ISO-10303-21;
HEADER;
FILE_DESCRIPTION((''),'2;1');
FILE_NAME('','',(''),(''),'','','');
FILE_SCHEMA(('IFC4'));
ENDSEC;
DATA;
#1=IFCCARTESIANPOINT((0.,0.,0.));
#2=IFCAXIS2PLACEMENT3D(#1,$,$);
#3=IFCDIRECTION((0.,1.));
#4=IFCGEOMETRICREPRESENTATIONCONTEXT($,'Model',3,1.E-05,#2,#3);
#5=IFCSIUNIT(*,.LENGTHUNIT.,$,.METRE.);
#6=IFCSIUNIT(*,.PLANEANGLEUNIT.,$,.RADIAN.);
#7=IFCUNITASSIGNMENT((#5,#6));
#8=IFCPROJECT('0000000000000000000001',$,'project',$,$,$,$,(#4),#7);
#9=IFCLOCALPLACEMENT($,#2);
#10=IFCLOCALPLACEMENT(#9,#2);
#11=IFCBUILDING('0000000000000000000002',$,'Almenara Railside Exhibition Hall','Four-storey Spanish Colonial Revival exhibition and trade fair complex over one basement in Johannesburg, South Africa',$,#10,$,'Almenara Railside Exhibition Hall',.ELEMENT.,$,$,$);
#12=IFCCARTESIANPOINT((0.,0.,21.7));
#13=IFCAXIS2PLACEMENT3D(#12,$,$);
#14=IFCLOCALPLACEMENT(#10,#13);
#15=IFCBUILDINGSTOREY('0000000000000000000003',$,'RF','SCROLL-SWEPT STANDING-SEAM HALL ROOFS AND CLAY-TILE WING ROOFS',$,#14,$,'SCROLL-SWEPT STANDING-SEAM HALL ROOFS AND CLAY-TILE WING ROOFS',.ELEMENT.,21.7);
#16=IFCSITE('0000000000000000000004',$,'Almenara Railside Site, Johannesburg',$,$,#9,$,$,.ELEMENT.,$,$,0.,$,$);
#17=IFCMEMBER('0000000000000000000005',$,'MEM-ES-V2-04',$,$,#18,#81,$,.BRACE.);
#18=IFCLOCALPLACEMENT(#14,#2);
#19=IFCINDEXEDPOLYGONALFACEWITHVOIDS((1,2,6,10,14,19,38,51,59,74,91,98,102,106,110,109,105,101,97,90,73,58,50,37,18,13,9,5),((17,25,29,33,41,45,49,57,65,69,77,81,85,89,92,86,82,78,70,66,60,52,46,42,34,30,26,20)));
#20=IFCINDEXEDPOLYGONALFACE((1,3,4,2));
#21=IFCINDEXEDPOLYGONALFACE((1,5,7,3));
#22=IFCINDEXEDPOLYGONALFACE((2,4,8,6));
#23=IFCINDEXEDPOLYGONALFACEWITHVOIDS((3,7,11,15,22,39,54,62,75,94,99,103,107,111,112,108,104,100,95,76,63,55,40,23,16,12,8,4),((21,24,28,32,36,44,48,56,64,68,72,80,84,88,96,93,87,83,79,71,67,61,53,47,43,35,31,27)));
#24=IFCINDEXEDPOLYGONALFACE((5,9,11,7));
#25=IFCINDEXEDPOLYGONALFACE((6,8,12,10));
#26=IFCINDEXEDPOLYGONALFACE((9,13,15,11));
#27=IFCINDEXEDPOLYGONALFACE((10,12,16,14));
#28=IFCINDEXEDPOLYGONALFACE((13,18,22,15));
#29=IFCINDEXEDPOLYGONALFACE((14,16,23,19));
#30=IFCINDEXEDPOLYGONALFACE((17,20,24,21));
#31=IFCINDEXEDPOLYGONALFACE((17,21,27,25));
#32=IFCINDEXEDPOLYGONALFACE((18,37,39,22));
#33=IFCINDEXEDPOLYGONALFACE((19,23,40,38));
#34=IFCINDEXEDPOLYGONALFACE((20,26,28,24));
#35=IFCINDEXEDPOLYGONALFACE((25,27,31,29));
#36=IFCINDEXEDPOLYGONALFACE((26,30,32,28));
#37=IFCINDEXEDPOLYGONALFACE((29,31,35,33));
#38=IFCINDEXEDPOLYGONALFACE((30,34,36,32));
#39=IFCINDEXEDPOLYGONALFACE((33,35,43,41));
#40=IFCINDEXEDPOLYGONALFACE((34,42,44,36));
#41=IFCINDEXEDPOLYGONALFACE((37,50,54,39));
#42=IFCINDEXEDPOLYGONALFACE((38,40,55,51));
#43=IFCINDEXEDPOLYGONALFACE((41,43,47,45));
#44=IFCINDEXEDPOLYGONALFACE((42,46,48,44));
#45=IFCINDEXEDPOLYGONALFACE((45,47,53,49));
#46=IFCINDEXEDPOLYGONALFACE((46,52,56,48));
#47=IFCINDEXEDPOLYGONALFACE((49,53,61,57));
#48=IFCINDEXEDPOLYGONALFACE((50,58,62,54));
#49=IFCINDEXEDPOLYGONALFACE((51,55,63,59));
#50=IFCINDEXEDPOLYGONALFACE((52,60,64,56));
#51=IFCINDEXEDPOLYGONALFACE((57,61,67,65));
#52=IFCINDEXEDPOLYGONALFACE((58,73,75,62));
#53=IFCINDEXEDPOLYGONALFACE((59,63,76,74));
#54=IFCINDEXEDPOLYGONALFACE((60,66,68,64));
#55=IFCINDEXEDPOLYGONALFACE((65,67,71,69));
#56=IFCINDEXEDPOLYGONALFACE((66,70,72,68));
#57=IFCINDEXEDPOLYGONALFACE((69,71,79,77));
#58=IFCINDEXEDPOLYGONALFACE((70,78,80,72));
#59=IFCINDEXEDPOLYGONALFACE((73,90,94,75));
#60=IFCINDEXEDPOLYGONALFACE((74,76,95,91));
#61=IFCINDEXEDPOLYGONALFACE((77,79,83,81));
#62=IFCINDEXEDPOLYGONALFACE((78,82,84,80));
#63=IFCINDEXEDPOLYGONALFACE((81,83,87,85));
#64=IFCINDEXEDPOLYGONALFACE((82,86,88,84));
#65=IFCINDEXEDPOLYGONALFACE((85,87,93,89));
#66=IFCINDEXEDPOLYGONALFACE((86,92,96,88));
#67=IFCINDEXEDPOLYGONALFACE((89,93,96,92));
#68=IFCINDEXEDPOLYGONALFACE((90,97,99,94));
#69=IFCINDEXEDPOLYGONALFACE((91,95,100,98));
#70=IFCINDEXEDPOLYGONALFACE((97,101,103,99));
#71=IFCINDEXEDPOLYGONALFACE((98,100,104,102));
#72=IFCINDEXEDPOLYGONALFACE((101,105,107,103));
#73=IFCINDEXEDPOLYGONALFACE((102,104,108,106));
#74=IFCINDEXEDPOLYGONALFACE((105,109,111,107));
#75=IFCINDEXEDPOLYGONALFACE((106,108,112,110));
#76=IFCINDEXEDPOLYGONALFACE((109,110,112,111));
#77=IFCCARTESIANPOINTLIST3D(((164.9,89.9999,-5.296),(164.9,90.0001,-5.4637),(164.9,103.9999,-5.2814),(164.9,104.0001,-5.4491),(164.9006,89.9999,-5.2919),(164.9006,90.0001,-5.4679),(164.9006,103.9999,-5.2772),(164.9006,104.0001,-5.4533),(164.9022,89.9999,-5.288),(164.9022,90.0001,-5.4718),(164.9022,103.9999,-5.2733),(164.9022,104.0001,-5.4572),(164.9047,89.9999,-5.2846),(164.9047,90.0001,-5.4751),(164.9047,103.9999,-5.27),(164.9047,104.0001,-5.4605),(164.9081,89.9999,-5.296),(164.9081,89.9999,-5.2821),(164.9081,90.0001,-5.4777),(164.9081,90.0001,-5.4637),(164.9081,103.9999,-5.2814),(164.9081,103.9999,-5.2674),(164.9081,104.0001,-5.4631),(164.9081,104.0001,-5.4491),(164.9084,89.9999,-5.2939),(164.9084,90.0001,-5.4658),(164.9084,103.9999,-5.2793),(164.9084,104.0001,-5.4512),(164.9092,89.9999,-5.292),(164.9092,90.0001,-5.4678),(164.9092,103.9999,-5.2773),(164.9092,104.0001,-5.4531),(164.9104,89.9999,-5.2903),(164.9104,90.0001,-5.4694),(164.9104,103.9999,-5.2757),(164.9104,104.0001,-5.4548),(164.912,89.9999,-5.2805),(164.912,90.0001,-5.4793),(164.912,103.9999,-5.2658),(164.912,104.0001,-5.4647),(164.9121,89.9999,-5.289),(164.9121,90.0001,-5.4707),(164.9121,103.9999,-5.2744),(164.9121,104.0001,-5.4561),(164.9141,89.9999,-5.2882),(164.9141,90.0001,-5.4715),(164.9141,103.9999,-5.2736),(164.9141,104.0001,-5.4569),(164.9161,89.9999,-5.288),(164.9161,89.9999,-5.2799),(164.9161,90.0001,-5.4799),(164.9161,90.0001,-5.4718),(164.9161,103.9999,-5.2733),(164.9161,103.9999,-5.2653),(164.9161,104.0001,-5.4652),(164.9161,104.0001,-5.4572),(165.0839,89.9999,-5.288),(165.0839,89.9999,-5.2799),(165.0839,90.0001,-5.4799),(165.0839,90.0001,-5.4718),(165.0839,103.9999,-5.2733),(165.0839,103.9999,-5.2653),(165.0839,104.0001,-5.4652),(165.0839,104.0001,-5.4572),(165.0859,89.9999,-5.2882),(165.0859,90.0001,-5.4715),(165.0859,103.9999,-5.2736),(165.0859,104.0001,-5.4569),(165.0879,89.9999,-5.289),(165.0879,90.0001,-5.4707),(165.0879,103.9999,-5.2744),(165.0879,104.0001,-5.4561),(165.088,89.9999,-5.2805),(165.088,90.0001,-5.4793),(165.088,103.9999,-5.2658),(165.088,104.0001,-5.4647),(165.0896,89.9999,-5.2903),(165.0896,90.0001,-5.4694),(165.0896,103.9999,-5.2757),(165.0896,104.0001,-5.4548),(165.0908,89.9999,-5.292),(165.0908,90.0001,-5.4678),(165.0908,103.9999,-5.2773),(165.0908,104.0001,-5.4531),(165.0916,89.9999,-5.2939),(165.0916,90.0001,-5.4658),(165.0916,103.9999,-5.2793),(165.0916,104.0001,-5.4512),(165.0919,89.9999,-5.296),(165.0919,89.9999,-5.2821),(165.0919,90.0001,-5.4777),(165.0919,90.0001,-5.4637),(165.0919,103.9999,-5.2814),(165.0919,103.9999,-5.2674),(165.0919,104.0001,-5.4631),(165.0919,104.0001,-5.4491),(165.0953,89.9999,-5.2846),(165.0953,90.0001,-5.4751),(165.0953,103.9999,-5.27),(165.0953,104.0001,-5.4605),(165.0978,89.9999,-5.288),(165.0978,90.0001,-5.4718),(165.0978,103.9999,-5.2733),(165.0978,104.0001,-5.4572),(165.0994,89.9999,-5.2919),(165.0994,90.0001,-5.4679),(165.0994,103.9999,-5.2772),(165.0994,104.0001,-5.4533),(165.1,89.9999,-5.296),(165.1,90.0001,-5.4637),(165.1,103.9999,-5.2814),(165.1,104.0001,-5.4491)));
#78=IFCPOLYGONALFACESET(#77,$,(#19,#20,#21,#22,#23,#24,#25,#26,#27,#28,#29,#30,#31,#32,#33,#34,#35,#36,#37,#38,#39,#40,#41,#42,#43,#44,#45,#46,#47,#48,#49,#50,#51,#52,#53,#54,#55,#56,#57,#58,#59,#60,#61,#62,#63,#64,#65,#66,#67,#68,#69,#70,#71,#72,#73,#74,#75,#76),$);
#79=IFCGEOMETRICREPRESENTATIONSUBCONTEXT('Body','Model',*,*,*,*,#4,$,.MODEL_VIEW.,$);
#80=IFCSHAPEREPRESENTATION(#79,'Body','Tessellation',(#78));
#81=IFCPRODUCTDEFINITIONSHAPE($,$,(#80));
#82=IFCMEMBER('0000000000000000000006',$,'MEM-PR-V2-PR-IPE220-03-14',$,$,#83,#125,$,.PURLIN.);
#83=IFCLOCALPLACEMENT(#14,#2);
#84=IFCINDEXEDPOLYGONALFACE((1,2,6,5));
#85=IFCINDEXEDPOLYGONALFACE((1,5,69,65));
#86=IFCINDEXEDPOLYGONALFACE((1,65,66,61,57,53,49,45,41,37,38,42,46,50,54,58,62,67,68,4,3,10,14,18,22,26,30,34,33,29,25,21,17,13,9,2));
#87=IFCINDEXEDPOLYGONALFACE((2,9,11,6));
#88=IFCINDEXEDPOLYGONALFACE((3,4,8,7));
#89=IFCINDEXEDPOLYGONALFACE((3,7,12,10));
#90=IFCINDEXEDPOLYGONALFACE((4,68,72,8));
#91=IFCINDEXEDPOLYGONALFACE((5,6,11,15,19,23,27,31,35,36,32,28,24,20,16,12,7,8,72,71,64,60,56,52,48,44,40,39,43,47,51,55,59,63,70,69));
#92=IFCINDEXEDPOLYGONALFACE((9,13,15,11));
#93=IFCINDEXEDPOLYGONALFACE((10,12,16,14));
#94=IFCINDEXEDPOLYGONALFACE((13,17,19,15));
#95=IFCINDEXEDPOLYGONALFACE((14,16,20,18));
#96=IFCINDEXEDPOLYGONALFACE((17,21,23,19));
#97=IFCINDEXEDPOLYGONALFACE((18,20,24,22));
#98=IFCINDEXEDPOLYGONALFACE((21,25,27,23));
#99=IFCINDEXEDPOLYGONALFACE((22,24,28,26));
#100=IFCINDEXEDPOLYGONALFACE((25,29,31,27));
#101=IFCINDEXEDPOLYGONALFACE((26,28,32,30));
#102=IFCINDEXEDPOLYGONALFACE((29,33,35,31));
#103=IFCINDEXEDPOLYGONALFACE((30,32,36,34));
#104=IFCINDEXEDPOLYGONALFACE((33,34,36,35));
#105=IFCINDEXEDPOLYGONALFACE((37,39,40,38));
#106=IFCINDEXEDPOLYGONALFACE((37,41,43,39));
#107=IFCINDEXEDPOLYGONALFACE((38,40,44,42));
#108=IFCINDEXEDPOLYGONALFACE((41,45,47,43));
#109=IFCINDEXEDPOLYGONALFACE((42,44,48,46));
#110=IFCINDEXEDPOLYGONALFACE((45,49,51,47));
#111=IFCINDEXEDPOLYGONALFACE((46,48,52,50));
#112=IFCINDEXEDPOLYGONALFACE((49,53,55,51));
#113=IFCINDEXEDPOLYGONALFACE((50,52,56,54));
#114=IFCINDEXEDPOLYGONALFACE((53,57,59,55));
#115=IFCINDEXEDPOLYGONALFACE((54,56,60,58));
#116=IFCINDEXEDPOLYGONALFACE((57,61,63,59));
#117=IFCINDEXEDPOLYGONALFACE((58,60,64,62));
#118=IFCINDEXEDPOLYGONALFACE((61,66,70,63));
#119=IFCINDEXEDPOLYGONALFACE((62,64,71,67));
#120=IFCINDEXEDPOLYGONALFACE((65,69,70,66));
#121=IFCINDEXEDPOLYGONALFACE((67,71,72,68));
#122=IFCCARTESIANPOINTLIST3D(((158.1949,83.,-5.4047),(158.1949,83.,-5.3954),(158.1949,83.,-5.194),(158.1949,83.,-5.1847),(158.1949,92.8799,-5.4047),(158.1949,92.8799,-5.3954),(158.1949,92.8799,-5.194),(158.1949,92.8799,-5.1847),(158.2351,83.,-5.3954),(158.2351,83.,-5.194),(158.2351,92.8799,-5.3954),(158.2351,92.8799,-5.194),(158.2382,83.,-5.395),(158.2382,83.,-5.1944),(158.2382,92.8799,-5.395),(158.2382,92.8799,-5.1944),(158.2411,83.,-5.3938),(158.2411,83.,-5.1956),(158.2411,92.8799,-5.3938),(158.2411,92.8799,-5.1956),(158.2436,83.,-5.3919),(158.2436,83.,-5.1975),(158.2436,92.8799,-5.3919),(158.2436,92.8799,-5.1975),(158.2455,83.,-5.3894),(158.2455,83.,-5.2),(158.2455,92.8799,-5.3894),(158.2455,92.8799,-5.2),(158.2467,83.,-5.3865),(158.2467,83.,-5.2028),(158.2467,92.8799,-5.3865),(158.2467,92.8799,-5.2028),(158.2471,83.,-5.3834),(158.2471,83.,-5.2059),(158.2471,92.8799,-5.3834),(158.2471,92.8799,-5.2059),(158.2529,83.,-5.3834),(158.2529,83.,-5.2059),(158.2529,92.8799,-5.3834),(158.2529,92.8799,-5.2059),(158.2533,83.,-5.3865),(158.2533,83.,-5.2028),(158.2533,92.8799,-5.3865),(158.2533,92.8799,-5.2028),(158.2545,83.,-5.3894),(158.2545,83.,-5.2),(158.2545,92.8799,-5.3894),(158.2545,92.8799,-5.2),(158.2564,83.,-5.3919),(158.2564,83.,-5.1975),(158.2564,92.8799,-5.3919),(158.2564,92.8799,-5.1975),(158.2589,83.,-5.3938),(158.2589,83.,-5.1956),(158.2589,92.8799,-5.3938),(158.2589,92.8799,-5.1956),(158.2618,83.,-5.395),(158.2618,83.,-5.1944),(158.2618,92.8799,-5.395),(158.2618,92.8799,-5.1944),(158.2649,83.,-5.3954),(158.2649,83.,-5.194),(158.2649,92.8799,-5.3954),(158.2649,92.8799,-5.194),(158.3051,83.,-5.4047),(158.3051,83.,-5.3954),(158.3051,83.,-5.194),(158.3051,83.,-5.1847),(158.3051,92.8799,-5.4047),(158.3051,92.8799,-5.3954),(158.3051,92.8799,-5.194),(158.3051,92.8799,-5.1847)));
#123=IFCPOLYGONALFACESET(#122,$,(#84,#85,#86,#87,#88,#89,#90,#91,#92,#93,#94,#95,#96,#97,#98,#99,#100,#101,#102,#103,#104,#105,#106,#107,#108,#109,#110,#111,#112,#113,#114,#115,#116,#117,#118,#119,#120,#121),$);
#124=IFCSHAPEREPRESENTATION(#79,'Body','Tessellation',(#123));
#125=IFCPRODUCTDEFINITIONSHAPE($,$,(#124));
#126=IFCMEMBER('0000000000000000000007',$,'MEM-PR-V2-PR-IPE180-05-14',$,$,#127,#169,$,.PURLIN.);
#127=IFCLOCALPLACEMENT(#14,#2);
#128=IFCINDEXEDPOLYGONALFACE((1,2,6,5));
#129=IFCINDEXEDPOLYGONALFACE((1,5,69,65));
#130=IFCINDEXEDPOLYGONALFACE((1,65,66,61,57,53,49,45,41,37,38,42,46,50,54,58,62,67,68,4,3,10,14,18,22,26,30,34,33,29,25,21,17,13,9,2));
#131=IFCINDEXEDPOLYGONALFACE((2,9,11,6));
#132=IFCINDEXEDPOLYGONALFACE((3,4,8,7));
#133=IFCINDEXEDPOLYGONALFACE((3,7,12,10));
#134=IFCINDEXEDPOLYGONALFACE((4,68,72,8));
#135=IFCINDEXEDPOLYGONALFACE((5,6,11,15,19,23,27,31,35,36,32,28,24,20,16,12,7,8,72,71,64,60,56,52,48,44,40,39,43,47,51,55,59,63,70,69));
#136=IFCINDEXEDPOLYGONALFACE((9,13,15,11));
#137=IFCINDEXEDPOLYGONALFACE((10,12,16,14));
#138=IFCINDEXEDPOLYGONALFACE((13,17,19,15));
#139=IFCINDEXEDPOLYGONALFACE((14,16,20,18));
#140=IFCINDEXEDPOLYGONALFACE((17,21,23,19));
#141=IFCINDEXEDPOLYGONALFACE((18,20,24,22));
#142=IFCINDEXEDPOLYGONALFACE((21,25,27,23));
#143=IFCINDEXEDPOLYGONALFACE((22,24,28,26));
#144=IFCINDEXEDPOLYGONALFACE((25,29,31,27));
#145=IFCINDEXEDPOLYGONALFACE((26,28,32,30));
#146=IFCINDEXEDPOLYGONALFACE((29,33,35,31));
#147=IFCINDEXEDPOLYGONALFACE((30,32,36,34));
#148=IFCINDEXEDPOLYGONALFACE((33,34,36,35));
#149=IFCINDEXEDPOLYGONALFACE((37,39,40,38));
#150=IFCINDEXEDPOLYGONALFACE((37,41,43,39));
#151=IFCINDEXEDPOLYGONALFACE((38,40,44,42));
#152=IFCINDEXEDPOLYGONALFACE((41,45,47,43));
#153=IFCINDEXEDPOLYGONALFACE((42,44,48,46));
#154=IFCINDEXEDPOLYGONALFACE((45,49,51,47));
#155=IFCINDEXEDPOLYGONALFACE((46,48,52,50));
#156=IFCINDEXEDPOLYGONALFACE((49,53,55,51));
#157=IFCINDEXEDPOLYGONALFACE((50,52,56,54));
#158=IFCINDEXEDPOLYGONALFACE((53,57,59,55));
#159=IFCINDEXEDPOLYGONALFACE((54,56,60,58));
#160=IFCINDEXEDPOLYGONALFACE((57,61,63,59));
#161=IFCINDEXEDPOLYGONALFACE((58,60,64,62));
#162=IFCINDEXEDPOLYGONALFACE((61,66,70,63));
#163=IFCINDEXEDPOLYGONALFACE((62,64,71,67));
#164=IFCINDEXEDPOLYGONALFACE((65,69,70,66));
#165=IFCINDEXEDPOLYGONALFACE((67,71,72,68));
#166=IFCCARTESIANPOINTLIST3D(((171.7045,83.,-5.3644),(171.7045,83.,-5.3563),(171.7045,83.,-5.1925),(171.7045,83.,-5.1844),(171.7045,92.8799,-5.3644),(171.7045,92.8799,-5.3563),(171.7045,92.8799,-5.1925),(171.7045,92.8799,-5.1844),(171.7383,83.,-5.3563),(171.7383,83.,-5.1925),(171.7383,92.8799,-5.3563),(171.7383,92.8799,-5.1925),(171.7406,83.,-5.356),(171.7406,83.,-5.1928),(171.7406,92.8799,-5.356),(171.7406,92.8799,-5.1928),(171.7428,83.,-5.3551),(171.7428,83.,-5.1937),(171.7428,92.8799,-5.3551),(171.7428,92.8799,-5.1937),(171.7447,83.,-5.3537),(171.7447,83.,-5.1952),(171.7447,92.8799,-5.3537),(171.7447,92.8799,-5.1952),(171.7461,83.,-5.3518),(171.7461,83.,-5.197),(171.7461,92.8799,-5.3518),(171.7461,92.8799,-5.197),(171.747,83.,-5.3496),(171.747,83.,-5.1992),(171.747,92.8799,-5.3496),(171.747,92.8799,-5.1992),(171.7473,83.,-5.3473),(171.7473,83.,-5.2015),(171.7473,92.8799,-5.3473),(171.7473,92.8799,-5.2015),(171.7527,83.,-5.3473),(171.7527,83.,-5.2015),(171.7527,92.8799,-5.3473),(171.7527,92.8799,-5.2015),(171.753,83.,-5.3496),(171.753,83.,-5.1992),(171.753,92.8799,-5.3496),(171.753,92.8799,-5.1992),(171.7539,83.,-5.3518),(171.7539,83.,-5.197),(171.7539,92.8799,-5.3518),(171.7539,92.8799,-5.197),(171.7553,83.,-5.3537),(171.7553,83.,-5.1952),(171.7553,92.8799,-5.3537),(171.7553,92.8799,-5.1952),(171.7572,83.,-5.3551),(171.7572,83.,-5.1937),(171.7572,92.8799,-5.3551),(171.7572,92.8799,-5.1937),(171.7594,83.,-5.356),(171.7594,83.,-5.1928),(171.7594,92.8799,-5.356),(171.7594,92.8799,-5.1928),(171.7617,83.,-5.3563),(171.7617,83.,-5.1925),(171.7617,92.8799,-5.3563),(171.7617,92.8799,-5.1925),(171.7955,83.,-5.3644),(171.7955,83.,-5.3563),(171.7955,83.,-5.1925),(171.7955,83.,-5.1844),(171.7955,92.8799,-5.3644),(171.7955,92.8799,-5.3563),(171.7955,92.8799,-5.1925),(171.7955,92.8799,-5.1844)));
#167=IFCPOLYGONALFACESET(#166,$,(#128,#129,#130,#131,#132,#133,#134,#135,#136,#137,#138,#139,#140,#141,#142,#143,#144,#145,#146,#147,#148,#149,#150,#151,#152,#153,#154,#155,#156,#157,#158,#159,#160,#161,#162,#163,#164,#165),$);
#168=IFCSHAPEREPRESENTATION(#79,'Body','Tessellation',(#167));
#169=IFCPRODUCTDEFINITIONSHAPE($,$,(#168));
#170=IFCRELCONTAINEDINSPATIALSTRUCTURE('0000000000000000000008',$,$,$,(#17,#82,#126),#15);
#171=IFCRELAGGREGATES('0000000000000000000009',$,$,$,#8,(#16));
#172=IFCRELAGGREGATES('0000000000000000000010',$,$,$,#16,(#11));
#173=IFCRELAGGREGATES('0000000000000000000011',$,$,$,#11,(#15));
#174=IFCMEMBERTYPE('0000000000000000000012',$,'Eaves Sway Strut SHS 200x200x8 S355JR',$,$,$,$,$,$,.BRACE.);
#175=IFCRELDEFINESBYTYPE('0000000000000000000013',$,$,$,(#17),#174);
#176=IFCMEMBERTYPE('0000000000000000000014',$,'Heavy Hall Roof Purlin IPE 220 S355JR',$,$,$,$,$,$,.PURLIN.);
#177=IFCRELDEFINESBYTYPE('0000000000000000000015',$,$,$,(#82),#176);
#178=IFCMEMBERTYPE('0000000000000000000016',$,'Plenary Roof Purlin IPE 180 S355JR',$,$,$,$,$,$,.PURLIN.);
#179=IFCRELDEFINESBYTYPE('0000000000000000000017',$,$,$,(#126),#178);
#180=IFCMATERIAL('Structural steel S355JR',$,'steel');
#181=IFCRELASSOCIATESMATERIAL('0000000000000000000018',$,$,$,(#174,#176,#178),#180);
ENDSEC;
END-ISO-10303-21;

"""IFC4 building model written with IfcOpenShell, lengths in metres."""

from ifc_helpers import new_model, si_unit, direction, frame, origin, origin_2d, place, context, subcontext, project, spatial, hollow_rectangle, i_section, extrude, material, material_profile, profile_set, type_object, element, save


model = new_model("IFC4")

# Units and contexts
model_context = context("Model", 3, precision=1e-05, world=origin(), true_north=direction((0.0, 1.0)))
body_context = subcontext(model_context, "Body", "Model", "MODEL_VIEW")
ifc_project = project(units=[si_unit("LENGTHUNIT", "METRE"), si_unit("PLANEANGLEUNIT", "RADIAN")], contexts=[model_context])

# Site, building, storey
site_placement = place(None, origin())
site = spatial("IfcSite", under=ifc_project, at=site_placement, Name="Almenara Railside Site, Johannesburg", CompositionType="ELEMENT", RefElevation=0.0)
building_placement = place(site_placement, origin())
building = spatial("IfcBuilding", under=site, at=building_placement, Name="Almenara Railside Exhibition Hall", Description="Four-storey Spanish Colonial Revival exhibition and trade fair complex over one basement in Johannesburg, South Africa", LongName="Almenara Railside Exhibition Hall", CompositionType="ELEMENT")
storey_placement = place(building_placement, frame((0.0, 0.0, 21.7)))
storey = spatial("IfcBuildingStorey", under=building, at=storey_placement, Name="RF", Description="SCROLL-SWEPT STANDING-SEAM HALL ROOFS AND CLAY-TILE WING ROOFS", LongName="SCROLL-SWEPT STANDING-SEAM HALL ROOFS AND CLAY-TILE WING ROOFS", CompositionType="ELEMENT", Elevation=21.7)

# Members
ifc_material_1 = material(Name="Structural steel S355JR", Category="steel")
ifc_material_profile_1 = material_profile(ifc_material_1, hollow_rectangle(XDim=0.2, YDim=0.2, WallThickness=0.0081, InnerFilletRadius=0.0081, OuterFilletRadius=0.0161, at=origin_2d()), Name="SHS 200x200x8")
ifc_profile_set_1 = profile_set([ifc_material_profile_1], Name="Structural steel S355JR")
member_type_1 = type_object("IfcMemberType", Name="Eaves Sway Strut SHS 200x200x8 S355JR", PredefinedType="BRACE", material=ifc_profile_set_1)
member_1_placement = place(storey_placement, frame((165.0, 90.0, -5.3799), z_axis=(0.0, 0.999999, 0.001046), x_axis=(-1.0, 0.0, 0.0)))
element("IfcMember", 1, at=member_1_placement, inside=storey, type_object=member_type_1, Name="MEM-ES-V2-04", PredefinedType="BRACE", context=body_context, shape_type="SweptSolid", body=[
    extrude(hollow_rectangle(XDim=0.2, YDim=0.2, WallThickness=0.0081, InnerFilletRadius=0.0081, OuterFilletRadius=0.0161, at=origin_2d()), origin(), (0.0, 0.0, 1.0), 14.0),
])
ifc_material_profile_2 = material_profile(ifc_material_1, i_section(OverallWidth=0.1101, OverallDepth=0.22, WebThickness=0.0059, FlangeThickness=0.0093, FilletRadius=0.012, at=origin_2d()), Name="IPE 220")
ifc_profile_set_2 = profile_set([ifc_material_profile_2], Name="Structural steel S355JR")
member_type_2 = type_object("IfcMemberType", Name="Heavy Hall Roof Purlin IPE 220 S355JR", PredefinedType="PURLIN", material=ifc_profile_set_2)
member_2_placement = place(storey_placement, frame((158.25, 83.0, -5.2947), z_axis=(0.0, 1.0, 0.0), x_axis=(-1.0, 0.0, 0.0)))
element("IfcMember", 2, at=member_2_placement, inside=storey, type_object=member_type_2, Name="MEM-PR-V2-PR-IPE220-03-14", PredefinedType="PURLIN", context=body_context, shape_type="SweptSolid", body=[
    extrude(i_section(OverallWidth=0.1101, OverallDepth=0.22, WebThickness=0.0059, FlangeThickness=0.0093, FilletRadius=0.012, at=origin_2d()), origin(), (0.0, 0.0, 1.0), 9.8799),
])
ifc_material_profile_3 = material_profile(ifc_material_1, i_section(OverallWidth=0.0911, OverallDepth=0.1799, WebThickness=0.0054, FlangeThickness=0.0081, FilletRadius=0.009, at=origin_2d()), Name="IPE 180")
ifc_profile_set_3 = profile_set([ifc_material_profile_3], Name="Structural steel S355JR")
member_type_3 = type_object("IfcMemberType", Name="Plenary Roof Purlin IPE 180 S355JR", PredefinedType="PURLIN", material=ifc_profile_set_3)
member_3_placement = place(storey_placement, frame((171.75, 83.0, -5.2744), z_axis=(0.0, 1.0, 0.0), x_axis=(-1.0, 0.0, 0.0)))
element("IfcMember", 3, at=member_3_placement, inside=storey, type_object=member_type_3, Name="MEM-PR-V2-PR-IPE180-05-14", PredefinedType="PURLIN", context=body_context, shape_type="SweptSolid", body=[
    extrude(i_section(OverallWidth=0.0911, OverallDepth=0.1799, WebThickness=0.0054, FlangeThickness=0.0081, FilletRadius=0.009, at=origin_2d()), origin(), (0.0, 0.0, 1.0), 9.8799),
])

save(model, "model.ifc")
